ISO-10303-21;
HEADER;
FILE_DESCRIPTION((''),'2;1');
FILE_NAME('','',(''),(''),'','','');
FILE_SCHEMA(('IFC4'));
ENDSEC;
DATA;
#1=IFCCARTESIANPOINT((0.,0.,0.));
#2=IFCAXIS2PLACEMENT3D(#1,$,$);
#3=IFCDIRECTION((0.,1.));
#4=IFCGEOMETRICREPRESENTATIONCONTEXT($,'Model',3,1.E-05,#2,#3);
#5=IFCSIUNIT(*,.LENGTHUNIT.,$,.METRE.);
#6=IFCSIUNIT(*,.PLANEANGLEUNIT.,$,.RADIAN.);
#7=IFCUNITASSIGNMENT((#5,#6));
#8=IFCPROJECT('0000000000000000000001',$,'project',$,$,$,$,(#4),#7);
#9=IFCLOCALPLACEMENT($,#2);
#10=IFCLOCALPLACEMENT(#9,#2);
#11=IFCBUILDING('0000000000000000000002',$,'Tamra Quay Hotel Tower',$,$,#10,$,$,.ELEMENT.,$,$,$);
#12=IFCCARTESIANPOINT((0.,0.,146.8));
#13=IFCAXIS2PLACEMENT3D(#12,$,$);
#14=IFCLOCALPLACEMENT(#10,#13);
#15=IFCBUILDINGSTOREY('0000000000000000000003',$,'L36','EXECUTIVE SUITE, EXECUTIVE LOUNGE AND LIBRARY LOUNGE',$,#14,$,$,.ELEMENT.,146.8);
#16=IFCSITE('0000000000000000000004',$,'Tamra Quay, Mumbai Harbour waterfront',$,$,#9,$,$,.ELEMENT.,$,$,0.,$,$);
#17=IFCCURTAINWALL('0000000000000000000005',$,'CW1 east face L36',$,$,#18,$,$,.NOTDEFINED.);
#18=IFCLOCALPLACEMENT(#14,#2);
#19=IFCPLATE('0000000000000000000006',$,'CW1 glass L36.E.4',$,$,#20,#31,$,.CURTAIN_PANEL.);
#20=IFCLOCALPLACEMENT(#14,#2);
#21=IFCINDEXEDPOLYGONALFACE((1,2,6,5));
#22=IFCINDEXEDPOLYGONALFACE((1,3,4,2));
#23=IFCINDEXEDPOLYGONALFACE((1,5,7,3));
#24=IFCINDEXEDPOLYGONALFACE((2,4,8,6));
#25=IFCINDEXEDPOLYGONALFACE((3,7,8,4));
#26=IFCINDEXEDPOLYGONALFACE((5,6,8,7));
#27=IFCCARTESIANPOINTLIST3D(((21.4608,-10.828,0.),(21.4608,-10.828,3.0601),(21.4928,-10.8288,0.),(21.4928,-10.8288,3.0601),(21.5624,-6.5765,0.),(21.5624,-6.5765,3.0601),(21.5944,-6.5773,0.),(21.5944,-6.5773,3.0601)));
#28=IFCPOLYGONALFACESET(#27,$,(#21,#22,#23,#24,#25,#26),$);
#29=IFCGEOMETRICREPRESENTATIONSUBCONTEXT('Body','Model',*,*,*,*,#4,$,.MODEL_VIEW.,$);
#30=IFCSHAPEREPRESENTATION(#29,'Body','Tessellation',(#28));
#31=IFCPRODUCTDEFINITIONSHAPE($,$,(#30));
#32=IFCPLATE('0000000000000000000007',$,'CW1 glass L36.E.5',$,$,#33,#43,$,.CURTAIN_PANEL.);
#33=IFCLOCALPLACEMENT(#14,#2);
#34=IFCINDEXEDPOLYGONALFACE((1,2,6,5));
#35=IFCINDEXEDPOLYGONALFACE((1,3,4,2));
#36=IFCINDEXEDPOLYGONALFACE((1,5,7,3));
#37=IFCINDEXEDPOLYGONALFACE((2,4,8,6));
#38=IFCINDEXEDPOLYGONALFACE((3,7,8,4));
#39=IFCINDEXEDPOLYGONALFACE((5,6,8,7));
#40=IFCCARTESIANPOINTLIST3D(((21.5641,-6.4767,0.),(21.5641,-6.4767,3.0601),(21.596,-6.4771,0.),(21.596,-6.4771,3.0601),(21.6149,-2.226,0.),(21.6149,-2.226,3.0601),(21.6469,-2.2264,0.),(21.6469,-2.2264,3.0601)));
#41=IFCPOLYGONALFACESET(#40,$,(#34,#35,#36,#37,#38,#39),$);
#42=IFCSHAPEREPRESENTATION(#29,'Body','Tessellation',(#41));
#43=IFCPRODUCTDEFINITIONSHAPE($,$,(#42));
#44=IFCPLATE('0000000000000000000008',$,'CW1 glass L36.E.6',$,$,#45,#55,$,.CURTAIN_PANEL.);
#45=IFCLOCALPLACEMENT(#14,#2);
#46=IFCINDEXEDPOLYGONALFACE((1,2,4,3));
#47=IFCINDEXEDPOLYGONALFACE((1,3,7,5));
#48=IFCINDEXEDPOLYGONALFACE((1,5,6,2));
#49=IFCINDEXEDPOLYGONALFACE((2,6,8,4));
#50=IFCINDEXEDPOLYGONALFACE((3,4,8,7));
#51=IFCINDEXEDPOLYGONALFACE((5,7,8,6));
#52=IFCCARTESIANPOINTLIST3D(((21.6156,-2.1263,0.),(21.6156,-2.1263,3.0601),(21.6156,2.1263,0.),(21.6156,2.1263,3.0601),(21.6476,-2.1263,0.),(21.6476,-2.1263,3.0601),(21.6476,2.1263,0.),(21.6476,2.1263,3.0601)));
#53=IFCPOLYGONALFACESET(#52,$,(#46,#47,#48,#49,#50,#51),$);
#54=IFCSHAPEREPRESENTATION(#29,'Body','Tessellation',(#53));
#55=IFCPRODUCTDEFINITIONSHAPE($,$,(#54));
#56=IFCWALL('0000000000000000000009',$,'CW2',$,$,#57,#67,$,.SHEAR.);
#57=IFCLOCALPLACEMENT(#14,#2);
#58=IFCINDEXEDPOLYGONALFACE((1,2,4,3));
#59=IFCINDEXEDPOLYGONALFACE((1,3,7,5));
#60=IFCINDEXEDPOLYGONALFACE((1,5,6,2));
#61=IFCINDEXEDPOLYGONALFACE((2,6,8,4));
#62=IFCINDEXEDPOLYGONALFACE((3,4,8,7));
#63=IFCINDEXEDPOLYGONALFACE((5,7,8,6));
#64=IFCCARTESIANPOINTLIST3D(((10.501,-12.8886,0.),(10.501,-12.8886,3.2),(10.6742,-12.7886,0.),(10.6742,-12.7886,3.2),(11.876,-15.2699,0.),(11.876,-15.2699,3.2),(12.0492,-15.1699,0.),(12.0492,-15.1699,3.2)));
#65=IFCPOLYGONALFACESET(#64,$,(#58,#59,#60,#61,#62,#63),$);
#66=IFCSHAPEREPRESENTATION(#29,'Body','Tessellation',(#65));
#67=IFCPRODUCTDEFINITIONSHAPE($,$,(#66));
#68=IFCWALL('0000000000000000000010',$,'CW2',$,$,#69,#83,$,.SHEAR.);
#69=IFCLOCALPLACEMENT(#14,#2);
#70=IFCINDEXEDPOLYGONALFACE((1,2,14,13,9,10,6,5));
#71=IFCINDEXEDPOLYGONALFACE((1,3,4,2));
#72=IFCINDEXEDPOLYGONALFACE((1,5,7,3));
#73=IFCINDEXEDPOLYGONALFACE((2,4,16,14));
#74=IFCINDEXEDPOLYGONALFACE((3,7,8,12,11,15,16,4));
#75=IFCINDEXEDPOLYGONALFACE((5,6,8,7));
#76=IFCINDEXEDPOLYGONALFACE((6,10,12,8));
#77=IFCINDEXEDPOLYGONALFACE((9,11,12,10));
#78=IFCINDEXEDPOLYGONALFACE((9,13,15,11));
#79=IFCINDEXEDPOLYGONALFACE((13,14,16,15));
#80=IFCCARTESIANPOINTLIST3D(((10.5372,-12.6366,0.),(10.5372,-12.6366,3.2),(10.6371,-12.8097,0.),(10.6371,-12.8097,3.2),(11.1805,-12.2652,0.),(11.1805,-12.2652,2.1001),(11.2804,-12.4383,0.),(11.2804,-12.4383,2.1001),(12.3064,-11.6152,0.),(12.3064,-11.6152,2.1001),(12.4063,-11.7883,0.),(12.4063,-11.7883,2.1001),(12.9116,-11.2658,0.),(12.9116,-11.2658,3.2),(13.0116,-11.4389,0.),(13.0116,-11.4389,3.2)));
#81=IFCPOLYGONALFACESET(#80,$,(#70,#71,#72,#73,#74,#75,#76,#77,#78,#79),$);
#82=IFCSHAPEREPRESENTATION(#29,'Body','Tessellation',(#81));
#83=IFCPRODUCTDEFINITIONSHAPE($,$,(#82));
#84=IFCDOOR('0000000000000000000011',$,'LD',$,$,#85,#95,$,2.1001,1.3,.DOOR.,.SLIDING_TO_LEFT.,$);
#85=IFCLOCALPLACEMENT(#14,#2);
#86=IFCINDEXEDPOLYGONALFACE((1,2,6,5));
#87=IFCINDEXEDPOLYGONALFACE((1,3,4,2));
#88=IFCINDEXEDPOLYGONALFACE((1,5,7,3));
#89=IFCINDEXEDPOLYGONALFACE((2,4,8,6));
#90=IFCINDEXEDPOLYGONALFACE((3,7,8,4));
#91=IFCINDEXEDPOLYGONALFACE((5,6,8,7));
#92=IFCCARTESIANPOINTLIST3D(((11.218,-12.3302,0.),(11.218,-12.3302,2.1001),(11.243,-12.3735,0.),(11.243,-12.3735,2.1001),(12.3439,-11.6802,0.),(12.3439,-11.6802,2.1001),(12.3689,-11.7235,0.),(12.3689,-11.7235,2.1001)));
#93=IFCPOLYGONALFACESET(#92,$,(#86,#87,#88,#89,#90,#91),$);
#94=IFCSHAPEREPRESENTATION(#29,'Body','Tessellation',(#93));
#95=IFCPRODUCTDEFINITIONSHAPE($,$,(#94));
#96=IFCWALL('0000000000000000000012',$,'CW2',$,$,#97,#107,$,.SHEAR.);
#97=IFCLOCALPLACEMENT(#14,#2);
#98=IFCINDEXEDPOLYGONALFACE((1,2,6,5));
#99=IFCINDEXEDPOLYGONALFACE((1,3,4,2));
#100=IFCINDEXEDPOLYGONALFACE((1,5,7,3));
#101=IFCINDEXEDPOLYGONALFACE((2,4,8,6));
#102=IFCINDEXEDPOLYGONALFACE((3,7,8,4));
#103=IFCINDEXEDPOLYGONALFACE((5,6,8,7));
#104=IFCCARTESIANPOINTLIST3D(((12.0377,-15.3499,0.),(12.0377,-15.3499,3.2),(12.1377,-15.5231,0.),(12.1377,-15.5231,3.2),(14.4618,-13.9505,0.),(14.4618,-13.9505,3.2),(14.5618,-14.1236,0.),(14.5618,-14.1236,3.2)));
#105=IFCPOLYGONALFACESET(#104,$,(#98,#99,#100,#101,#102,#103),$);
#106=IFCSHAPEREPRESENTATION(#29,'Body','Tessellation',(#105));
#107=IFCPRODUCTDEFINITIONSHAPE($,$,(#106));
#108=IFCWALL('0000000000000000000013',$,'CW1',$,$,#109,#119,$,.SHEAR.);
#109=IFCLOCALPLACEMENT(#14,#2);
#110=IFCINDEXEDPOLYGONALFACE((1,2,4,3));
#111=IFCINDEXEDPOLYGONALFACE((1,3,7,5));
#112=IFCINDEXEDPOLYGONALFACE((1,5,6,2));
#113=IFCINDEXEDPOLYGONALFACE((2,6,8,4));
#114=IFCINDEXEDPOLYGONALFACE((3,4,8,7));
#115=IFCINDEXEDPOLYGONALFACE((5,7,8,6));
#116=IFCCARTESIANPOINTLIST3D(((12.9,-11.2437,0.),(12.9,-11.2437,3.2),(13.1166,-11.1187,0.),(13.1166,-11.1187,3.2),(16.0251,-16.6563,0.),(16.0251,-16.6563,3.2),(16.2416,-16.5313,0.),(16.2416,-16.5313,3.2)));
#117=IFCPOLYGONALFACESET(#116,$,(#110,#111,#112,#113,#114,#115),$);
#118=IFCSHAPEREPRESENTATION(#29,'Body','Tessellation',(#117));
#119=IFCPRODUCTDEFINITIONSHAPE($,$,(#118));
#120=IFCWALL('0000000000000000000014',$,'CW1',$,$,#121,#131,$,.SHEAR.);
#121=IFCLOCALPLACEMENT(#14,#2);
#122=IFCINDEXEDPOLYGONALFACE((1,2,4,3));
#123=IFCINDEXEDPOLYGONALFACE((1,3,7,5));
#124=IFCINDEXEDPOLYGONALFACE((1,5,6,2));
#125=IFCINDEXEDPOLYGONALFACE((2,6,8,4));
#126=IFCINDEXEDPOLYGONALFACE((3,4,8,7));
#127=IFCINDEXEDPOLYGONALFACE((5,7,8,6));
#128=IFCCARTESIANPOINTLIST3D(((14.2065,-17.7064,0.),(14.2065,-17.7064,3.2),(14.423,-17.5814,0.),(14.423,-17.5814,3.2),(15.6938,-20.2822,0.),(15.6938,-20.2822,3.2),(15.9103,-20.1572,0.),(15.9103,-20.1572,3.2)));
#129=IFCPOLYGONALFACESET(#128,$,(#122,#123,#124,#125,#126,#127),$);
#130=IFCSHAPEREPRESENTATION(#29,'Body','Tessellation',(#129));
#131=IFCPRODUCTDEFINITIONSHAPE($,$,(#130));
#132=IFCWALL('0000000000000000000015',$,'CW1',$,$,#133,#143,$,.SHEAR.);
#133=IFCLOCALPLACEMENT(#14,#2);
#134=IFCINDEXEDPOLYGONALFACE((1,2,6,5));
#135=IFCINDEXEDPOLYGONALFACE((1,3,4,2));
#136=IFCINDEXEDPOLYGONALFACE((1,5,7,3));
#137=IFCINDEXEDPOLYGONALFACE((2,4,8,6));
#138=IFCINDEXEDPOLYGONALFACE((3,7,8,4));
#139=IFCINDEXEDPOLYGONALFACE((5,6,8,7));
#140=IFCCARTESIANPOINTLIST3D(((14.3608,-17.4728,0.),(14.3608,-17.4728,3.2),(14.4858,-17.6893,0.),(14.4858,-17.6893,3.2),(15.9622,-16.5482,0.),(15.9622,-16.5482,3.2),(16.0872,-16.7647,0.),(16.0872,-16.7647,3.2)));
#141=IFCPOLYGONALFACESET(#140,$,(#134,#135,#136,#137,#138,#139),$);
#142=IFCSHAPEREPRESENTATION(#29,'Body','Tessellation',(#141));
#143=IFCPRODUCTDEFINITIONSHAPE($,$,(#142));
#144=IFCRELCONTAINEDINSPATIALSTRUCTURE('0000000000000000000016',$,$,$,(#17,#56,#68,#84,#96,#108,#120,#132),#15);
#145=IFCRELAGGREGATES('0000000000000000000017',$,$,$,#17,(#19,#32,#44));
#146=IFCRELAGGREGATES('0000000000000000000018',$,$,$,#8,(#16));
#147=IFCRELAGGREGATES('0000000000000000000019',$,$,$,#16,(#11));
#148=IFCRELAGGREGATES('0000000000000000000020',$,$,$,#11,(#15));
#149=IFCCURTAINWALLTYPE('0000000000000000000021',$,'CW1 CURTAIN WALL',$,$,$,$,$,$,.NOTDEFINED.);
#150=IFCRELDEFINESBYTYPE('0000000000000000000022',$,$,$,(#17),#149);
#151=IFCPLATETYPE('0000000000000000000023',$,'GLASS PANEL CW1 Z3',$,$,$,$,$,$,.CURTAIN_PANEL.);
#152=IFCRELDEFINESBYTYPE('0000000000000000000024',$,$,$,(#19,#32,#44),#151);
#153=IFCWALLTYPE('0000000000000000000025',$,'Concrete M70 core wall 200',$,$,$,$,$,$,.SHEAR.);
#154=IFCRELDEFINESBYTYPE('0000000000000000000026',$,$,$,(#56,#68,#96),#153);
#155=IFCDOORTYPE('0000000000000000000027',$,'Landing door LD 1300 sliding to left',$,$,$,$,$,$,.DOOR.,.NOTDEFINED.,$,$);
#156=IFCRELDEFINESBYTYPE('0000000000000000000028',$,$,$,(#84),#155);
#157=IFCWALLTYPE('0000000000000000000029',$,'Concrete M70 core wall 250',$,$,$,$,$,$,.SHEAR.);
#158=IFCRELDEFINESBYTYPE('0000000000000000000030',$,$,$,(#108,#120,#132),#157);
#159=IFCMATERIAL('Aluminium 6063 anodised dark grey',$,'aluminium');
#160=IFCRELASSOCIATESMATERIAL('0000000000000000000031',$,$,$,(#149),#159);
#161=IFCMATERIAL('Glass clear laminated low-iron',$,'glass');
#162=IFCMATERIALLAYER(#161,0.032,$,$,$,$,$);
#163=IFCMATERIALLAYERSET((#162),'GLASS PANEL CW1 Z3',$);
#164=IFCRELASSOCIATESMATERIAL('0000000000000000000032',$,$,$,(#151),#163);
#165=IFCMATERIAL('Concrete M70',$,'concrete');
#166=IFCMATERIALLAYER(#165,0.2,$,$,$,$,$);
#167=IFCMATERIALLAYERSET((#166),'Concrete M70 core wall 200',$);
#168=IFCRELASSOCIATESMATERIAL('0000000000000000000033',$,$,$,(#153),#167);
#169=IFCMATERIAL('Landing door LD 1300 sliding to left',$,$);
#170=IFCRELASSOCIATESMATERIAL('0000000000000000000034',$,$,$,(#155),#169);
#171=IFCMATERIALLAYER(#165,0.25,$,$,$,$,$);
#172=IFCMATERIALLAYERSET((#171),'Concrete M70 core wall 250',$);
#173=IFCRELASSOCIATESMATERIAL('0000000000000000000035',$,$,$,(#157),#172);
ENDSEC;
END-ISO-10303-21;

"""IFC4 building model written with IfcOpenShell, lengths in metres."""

from ifc_helpers import new_model, si_unit, direction, frame, frame_2d, origin, origin_2d, place, context, subcontext, project, spatial, rectangle, extrude, material, layer, layer_set, type_object, element, fill, aggregate, save


model = new_model("IFC4")

# Units and contexts
model_context = context("Model", 3, precision=1e-05, world=origin(), true_north=direction((0.0, 1.0)))
body_context = subcontext(model_context, "Body", "Model", "MODEL_VIEW")
ifc_project = project(units=[si_unit("LENGTHUNIT", "METRE"), si_unit("PLANEANGLEUNIT", "RADIAN")], contexts=[model_context])

# Site, building, storey
site_placement = place(None, origin())
site = spatial("IfcSite", under=ifc_project, at=site_placement, Name="Tamra Quay, Mumbai Harbour waterfront", CompositionType="ELEMENT", RefElevation=0.0)
building_placement = place(site_placement, origin())
building = spatial("IfcBuilding", under=site, at=building_placement, Name="Tamra Quay Hotel Tower", CompositionType="ELEMENT")
storey_placement = place(building_placement, frame((0.0, 0.0, 146.8)))
storey = spatial("IfcBuildingStorey", under=building, at=storey_placement, Name="L36", Description="EXECUTIVE SUITE, EXECUTIVE LOUNGE AND LIBRARY LOUNGE", CompositionType="ELEMENT", Elevation=146.8)

# Shared definitions
ifc_material_1 = material(Name="Concrete M70", Category="concrete")

# Curtain wall
ifc_material_2 = material(Name="Aluminium 6063 anodised dark grey", Category="aluminium")
curtain_wall_type = type_object("IfcCurtainWallType", Name="CW1 CURTAIN WALL", PredefinedType="NOTDEFINED", material=ifc_material_2)
curtain_wall_placement = place(storey_placement, origin())
curtain_wall = element("IfcCurtainWall", 1, at=curtain_wall_placement, inside=storey, type_object=curtain_wall_type, Name="CW1 east face L36", PredefinedType="NOTDEFINED")

# Plates
ifc_material_3 = material(Name="Glass clear laminated low-iron", Category="glass")
ifc_layer_1 = layer(ifc_material_3, 0.032)
ifc_layer_set_1 = layer_set([ifc_layer_1], Name="GLASS PANEL CW1 Z3")
plate_type = type_object("IfcPlateType", Name="GLASS PANEL CW1 Z3", PredefinedType="CURTAIN_PANEL", material=ifc_layer_set_1)
plate_1_placement = place(storey_placement, frame((21.5276, -8.7026, 0.0), z_axis=(0.0, 0.0, 1.0), x_axis=(0.023896, 0.999714, 0.0)))
plate_1 = element("IfcPlate", 2, at=plate_1_placement, type_object=plate_type, Name="CW1 glass L36.E.4", PredefinedType="CURTAIN_PANEL", context=body_context, shape_type="SweptSolid", body=[
    extrude(rectangle(XDim=4.2527, YDim=0.032, at=origin_2d()), origin(), (0.0, 0.0, 1.0), 3.0601),
])
plate_2_placement = place(storey_placement, frame((21.6055, -4.3516, 0.0), z_axis=(0.0, 0.0, 1.0), x_axis=(0.011957, 0.999929, 0.0)))
plate_2 = element("IfcPlate", 3, at=plate_2_placement, type_object=plate_type, Name="CW1 glass L36.E.5", PredefinedType="CURTAIN_PANEL", context=body_context, shape_type="SweptSolid", body=[
    extrude(rectangle(XDim=4.251, YDim=0.032, at=origin_2d()), origin(), (0.0, 0.0, 1.0), 3.0601),
])
plate_3_placement = place(storey_placement, frame((21.6316, 0.0, 0.0), z_axis=(0.0, 0.0, 1.0), x_axis=(0.0, 1.0, 0.0)))
plate_3 = element("IfcPlate", 4, at=plate_3_placement, type_object=plate_type, Name="CW1 glass L36.E.6", PredefinedType="CURTAIN_PANEL", context=body_context, shape_type="SweptSolid", body=[
    extrude(rectangle(XDim=4.2527, YDim=0.032, at=origin_2d()), origin(), (0.0, 0.0, 1.0), 3.0601),
])
aggregate(curtain_wall, [plate_1, plate_2, plate_3])

# Wall
ifc_layer_2 = layer(ifc_material_1, 0.2)
ifc_layer_set_2 = layer_set([ifc_layer_2], Name="Concrete M70 core wall 200")
wall_type_1 = type_object("IfcWallType", Name="Concrete M70 core wall 200", PredefinedType="SHEAR", material=ifc_layer_set_2)
wall_1_placement = place(storey_placement, frame((11.9626, -15.22, 0.0), z_axis=(0.0, 0.0, 1.0), x_axis=(-0.500035, 0.866005, 0.0)))
element("IfcWall", 5, at=wall_1_placement, inside=storey, type_object=wall_type_1, Name="CW2", PredefinedType="SHEAR", context=body_context, shape_type="SweptSolid", body=[
    extrude(rectangle(XDim=2.7498, YDim=0.2, at=frame_2d((1.375, 0.0))), origin(), (0.0, 0.0, 1.0), 3.2),
])

# Wall, opening, door
wall_2_placement = place(storey_placement, frame((10.5872, -12.7231, 0.0), z_axis=(0.0, 0.0, 1.0), x_axis=(0.866037, 0.499979, 0.0)))
wall_2 = element("IfcWall", 6, at=wall_2_placement, inside=storey, type_object=wall_type_1, Name="CW2", PredefinedType="SHEAR", context=body_context, shape_type="SweptSolid", body=[
    extrude(rectangle(XDim=2.7417, YDim=0.2, at=frame_2d((1.3708, 0.0))), origin(), (0.0, 0.0, 1.0), 3.2),
])
opening_placement = place(wall_2_placement, frame((0.7429, 0.0, 0.0)))
opening = element("IfcOpeningElement", 7, at=opening_placement, cuts=wall_2, PredefinedType="OPENING", context=body_context, shape_type="SweptSolid", body=[
    extrude(rectangle(XDim=1.3, YDim=2.1001, at=frame_2d((0.6499, 1.05))), frame((0.0, 0.1099, 0.0), z_axis=(0.0, -1.0, 0.0), x_axis=(1.0, 0.0, 0.0)), (0.0, 0.0, 1.0), 0.22),
])
ifc_material_4 = material(Name="Landing door LD 1300 sliding to left")
door_type = type_object("IfcDoorType", Name="Landing door LD 1300 sliding to left", OperationType="NOTDEFINED", PredefinedType="DOOR", material=ifc_material_4)
door_placement = place(opening_placement, origin())
door = element("IfcDoor", 8, at=door_placement, inside=storey, type_object=door_type, Name="LD", OperationType="SLIDING_TO_LEFT", OverallHeight=2.1001, OverallWidth=1.3, PredefinedType="DOOR", context=body_context, shape_type="SweptSolid", body=[
    extrude(rectangle(XDim=1.3, YDim=2.1001, at=frame_2d((0.6499, 1.05))), frame((0.0, 0.0249, 0.0), z_axis=(0.0, -1.0, 0.0), x_axis=(1.0, 0.0, 0.0)), (0.0, 0.0, 1.0), 0.05),
])
fill(opening, door)

# Walls
wall_3_placement = place(storey_placement, frame((14.5117, -14.0371, 0.0), z_axis=(0.0, 0.0, 1.0), x_axis=(-0.866045, -0.499967, 0.0)))
element("IfcWall", 9, at=wall_3_placement, inside=storey, type_object=wall_type_1, Name="CW2", PredefinedType="SHEAR", context=body_context, shape_type="SweptSolid", body=[
    extrude(rectangle(XDim=2.7991, YDim=0.2, at=frame_2d((1.3994, 0.0))), origin(), (0.0, 0.0, 1.0), 3.2),
])
ifc_layer_3 = layer(ifc_material_1, 0.25)
ifc_layer_set_3 = layer_set([ifc_layer_3], Name="Concrete M70 core wall 250")
wall_type_2 = type_object("IfcWallType", Name="Concrete M70 core wall 250", PredefinedType="SHEAR", material=ifc_layer_set_3)
wall_4_placement = place(storey_placement, frame((13.0083, -11.1812, 0.0), z_axis=(0.0, 0.0, 1.0), x_axis=(0.500004, -0.866023, 0.0)))
element("IfcWall", 10, at=wall_4_placement, inside=storey, type_object=wall_type_2, Name="CW1", PredefinedType="SHEAR", context=body_context, shape_type="SweptSolid", body=[
    extrude(rectangle(XDim=6.25, YDim=0.25, at=frame_2d((3.125, 0.0))), origin(), (0.0, 0.0, 1.0), 3.2),
])
wall_5_placement = place(storey_placement, frame((14.3147, -17.6438, 0.0), z_axis=(0.0, 0.0, 1.0), x_axis=(0.500023, -0.866012, 0.0)))
element("IfcWall", 11, at=wall_5_placement, inside=storey, type_object=wall_type_2, Name="CW1", PredefinedType="SHEAR", context=body_context, shape_type="SweptSolid", body=[
    extrude(rectangle(XDim=2.9744, YDim=0.25, at=frame_2d((1.4873, 0.0))), origin(), (0.0, 0.0, 1.0), 3.2),
])
wall_6_placement = place(storey_placement, frame((16.0247, -16.6565, 0.0), z_axis=(0.0, 0.0, 1.0), x_axis=(-0.866016, -0.500016, 0.0)))
element("IfcWall", 12, at=wall_6_placement, inside=storey, type_object=wall_type_2, Name="CW1", PredefinedType="SHEAR", context=body_context, shape_type="SweptSolid", body=[
    extrude(rectangle(XDim=1.8491, YDim=0.25, at=frame_2d((0.9246, 0.0))), origin(), (0.0, 0.0, 1.0), 3.2),
])

save(model, "model.ifc")
